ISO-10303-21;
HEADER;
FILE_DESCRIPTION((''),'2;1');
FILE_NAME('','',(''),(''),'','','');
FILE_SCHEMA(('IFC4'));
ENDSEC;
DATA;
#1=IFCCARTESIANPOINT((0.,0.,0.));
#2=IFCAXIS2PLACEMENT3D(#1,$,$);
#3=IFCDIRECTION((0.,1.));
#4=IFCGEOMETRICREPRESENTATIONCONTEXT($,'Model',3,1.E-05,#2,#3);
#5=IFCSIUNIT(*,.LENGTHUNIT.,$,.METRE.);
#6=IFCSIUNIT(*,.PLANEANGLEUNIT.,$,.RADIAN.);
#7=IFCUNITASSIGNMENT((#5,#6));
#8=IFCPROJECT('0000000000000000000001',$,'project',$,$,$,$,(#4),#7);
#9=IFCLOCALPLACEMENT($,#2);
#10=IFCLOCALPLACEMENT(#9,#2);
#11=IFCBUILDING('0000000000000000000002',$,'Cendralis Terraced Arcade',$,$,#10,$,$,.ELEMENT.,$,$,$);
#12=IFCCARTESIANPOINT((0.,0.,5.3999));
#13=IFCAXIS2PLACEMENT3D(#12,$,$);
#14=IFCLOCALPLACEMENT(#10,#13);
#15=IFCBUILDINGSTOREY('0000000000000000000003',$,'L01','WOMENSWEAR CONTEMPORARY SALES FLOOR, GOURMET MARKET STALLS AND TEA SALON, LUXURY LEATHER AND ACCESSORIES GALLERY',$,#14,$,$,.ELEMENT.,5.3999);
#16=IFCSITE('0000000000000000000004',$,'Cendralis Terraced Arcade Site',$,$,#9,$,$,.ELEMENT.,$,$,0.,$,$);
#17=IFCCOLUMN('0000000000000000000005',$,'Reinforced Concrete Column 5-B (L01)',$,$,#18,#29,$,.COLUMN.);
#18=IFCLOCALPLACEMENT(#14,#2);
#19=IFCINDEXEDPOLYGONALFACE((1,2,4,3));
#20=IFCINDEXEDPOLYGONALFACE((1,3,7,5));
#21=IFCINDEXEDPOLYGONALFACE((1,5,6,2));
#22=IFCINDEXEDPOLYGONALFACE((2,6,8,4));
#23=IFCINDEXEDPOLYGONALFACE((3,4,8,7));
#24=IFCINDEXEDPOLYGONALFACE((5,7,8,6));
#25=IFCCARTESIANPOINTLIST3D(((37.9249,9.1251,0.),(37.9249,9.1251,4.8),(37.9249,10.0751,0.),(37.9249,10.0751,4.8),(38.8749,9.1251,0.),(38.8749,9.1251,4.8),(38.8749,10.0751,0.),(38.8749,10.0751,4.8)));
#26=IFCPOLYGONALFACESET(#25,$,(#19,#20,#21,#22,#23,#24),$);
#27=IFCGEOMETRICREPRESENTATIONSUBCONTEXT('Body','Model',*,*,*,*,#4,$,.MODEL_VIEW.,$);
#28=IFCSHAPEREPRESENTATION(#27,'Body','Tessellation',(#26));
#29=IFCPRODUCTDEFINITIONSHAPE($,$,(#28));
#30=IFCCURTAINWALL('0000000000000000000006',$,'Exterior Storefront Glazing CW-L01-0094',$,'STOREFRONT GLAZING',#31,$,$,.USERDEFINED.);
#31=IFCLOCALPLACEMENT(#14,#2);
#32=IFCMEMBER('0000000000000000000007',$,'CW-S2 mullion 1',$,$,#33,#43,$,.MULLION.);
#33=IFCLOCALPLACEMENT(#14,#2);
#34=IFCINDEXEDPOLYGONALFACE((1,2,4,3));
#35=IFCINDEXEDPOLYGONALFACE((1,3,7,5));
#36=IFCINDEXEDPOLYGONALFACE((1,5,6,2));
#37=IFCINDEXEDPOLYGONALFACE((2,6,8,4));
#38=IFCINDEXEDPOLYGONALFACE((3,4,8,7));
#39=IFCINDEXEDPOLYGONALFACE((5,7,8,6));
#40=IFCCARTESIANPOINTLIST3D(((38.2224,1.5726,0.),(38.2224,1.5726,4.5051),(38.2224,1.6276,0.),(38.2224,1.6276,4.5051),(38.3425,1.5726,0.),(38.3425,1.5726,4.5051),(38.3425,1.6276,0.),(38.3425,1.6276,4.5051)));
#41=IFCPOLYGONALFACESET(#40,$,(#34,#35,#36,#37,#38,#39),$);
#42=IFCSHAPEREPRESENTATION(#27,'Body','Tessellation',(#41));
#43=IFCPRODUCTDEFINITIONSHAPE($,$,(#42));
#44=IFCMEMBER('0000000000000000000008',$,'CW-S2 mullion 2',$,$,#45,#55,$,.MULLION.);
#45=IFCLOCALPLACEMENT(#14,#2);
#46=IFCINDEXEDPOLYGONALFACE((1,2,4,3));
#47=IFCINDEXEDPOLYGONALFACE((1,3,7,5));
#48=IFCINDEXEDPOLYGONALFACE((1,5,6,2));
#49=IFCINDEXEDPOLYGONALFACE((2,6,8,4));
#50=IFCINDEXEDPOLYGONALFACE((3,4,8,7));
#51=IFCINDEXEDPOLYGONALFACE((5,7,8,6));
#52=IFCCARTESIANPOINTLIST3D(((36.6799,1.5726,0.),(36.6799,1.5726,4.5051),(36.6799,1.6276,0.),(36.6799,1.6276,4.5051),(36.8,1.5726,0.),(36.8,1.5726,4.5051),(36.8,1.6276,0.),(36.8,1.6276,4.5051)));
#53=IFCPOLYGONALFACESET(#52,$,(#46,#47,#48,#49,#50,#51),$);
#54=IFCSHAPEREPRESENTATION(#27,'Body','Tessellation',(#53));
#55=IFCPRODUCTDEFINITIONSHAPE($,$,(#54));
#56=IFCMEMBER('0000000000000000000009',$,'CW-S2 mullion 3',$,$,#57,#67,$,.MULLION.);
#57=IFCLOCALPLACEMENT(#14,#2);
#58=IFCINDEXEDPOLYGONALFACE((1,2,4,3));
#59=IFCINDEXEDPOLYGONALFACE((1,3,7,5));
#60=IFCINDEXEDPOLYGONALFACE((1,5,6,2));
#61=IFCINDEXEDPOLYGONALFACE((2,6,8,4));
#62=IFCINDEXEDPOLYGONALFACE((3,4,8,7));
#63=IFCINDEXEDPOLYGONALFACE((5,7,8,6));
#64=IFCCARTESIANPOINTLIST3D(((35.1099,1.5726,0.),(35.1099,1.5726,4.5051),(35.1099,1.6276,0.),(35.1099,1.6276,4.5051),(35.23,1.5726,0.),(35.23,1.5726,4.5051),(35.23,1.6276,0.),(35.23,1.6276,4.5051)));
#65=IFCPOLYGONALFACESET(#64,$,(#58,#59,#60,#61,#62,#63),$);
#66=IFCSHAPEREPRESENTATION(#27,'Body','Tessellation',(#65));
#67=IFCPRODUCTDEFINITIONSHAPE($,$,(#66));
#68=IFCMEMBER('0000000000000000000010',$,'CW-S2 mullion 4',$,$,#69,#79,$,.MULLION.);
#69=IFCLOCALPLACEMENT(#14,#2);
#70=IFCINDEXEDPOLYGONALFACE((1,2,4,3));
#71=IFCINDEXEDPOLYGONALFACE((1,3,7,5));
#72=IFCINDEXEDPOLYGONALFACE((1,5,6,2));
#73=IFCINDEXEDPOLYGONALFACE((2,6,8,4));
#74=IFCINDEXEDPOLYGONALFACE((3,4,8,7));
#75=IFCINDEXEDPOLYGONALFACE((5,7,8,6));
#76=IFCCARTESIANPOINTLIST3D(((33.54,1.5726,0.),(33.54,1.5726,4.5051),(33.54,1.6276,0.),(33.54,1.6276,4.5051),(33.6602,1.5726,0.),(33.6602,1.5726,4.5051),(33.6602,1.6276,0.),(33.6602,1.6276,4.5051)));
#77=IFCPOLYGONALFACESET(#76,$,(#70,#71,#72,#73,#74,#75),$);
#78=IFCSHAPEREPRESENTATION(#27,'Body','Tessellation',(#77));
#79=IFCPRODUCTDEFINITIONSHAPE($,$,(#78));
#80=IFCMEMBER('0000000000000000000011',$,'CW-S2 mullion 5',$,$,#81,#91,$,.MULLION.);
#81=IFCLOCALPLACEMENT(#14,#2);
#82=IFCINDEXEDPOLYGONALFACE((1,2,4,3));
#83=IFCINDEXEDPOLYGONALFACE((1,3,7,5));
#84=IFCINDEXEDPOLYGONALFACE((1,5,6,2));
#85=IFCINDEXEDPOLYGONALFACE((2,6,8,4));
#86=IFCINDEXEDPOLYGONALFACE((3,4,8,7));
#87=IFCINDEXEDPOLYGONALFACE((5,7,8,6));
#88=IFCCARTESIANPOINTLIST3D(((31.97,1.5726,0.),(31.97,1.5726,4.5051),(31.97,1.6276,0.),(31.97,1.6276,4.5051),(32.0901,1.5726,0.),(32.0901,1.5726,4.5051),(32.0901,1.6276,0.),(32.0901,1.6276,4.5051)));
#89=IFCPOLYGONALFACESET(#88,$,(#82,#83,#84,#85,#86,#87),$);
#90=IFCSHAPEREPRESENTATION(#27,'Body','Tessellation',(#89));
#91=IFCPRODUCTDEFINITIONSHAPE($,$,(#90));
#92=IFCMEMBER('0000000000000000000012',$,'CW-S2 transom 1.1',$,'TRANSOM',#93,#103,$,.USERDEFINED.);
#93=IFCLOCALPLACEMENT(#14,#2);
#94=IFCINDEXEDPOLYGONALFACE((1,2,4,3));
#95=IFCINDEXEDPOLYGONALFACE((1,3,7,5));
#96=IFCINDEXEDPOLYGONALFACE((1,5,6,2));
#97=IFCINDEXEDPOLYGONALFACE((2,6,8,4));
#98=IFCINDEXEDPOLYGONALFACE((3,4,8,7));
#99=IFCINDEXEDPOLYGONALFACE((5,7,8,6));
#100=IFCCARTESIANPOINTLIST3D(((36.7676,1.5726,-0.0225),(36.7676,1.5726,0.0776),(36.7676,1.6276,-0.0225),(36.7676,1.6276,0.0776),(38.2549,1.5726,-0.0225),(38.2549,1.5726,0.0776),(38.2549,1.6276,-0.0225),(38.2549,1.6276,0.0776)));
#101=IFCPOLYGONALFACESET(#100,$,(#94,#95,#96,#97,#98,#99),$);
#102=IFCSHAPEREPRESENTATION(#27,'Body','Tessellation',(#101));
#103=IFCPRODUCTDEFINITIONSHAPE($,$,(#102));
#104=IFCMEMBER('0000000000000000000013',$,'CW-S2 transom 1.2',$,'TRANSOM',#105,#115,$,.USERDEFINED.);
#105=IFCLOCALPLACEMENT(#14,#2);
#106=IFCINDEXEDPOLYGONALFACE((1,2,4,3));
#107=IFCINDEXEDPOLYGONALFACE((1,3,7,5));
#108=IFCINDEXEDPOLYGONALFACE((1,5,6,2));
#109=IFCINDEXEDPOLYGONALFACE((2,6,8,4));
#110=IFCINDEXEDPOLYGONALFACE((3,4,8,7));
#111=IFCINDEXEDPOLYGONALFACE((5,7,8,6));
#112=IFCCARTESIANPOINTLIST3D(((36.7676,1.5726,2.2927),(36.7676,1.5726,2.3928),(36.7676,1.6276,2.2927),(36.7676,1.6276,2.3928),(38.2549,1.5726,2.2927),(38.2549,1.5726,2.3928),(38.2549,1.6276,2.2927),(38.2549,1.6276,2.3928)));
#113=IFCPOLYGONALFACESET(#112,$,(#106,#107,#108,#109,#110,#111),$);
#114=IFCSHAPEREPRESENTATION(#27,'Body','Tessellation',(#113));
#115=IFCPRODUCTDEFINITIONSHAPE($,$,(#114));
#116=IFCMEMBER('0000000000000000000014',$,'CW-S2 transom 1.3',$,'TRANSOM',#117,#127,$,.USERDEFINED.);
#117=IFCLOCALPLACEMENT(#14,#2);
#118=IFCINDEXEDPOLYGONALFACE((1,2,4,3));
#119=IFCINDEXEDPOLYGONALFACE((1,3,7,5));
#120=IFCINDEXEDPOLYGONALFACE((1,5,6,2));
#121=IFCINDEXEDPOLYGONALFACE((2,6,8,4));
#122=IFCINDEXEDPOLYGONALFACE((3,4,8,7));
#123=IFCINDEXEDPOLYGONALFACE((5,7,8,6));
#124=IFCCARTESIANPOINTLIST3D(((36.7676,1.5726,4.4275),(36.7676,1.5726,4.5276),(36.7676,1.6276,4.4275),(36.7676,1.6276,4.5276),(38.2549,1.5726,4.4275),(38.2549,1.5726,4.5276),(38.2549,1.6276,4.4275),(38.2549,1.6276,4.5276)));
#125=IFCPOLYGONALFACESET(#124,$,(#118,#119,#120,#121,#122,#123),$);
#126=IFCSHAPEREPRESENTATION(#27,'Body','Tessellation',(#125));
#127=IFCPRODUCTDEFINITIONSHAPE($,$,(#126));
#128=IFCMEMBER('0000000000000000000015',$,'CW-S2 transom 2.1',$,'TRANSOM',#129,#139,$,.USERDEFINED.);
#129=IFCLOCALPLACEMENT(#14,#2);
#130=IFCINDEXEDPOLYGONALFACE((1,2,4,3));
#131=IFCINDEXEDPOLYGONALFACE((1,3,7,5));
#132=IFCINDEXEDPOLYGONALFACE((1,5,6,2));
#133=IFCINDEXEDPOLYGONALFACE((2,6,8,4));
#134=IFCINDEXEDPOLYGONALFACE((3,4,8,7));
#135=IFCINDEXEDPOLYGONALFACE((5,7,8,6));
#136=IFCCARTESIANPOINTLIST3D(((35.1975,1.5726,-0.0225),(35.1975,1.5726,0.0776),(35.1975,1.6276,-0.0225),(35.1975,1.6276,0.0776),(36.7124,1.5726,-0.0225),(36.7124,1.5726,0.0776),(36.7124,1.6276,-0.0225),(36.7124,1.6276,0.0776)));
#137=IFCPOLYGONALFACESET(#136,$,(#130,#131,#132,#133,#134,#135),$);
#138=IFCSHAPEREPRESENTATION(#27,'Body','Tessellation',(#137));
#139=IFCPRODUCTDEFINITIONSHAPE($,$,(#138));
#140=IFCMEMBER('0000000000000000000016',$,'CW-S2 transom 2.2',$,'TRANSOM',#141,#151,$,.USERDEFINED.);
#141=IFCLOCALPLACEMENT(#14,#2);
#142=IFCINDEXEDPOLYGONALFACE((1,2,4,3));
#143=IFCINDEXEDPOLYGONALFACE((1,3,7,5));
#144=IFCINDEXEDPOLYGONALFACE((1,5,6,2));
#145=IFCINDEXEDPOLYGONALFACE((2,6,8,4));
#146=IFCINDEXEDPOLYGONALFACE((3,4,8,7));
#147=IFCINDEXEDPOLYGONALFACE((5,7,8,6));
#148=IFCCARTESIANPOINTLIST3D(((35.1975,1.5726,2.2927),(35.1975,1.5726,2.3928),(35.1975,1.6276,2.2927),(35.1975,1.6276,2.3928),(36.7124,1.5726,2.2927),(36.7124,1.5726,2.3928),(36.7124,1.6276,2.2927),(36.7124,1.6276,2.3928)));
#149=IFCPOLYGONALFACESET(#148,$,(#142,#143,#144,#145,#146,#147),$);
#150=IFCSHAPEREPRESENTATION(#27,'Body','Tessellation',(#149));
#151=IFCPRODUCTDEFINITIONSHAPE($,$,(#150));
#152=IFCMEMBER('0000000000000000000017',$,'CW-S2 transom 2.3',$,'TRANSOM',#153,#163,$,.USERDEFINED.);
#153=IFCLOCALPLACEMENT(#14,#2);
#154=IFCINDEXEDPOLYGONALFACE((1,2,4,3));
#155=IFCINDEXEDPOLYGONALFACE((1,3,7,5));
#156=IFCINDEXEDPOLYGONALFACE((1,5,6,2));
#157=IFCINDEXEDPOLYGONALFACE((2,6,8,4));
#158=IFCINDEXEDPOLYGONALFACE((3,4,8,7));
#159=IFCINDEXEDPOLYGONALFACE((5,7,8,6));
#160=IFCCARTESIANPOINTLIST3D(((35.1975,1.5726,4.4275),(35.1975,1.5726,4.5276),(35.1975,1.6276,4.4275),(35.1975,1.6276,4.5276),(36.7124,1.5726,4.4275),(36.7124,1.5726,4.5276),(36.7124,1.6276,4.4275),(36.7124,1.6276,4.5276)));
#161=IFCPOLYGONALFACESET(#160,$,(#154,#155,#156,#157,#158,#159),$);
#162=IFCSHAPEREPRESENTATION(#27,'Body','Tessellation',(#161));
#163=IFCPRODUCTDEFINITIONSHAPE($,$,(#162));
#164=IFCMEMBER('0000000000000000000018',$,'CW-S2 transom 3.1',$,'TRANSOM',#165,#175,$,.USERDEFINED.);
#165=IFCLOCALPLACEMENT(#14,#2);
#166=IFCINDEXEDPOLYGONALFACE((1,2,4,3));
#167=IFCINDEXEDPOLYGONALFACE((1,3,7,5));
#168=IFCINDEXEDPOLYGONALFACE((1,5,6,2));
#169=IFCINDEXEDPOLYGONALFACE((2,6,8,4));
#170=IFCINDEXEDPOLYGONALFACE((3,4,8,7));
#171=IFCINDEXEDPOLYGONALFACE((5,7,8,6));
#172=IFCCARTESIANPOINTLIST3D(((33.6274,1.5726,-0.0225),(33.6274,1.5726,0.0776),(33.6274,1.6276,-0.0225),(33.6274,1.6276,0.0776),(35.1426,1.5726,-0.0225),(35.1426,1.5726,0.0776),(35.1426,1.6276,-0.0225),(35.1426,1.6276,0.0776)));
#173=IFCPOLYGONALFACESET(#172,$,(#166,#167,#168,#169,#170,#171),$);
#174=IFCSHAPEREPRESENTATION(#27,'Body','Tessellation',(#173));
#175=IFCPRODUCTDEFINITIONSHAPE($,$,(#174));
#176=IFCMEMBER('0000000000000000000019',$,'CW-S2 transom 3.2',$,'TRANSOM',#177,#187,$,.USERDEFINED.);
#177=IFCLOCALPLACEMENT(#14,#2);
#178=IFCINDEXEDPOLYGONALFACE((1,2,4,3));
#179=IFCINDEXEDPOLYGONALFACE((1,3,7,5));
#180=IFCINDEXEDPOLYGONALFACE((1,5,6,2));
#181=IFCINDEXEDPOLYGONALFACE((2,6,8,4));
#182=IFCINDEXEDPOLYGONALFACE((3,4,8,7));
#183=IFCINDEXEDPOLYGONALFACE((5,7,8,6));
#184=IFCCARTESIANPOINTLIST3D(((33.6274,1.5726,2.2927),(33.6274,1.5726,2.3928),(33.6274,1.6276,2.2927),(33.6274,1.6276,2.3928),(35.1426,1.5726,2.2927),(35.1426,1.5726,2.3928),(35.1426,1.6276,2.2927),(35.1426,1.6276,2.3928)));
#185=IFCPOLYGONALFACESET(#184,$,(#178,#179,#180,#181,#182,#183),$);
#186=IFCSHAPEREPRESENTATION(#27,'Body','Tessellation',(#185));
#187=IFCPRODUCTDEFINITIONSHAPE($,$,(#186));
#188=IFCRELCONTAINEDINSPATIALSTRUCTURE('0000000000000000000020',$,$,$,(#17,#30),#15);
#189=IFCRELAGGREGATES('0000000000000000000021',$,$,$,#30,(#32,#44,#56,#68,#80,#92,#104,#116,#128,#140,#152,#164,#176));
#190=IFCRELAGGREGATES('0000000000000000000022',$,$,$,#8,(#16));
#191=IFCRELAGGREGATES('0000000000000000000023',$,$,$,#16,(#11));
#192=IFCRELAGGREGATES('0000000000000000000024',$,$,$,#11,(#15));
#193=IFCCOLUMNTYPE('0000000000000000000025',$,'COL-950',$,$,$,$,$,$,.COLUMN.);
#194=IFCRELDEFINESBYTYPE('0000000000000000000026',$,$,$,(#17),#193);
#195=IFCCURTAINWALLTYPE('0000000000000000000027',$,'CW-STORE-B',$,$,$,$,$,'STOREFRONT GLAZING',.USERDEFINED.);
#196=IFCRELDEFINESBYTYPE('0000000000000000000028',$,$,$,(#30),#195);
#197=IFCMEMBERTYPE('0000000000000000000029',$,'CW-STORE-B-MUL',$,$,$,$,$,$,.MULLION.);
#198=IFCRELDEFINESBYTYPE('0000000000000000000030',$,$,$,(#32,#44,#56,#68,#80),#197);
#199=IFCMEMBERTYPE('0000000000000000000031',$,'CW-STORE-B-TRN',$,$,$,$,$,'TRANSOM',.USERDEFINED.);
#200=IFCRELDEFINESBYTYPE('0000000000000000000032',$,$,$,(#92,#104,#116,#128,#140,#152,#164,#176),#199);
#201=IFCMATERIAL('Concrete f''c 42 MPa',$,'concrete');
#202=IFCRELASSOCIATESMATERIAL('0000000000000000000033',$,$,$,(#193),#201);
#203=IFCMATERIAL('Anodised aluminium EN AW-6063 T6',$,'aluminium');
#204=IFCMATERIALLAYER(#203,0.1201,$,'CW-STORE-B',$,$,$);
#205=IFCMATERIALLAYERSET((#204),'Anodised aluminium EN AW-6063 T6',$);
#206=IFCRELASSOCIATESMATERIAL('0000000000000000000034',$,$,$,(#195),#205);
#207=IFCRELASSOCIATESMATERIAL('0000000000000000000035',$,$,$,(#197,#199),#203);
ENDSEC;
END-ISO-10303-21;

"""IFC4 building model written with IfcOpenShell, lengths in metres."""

from ifc_helpers import new_model, si_unit, direction, frame, origin, origin_2d, place, context, subcontext, project, spatial, rectangle, extrude, material, layer, layer_set, material_profile, profile_set, type_object, element, aggregate, save


model = new_model("IFC4")

# Units and contexts
model_context = context("Model", 3, precision=1e-05, world=origin(), true_north=direction((0.0, 1.0)))
body_context = subcontext(model_context, "Body", "Model", "MODEL_VIEW")
ifc_project = project(units=[si_unit("LENGTHUNIT", "METRE"), si_unit("PLANEANGLEUNIT", "RADIAN")], contexts=[model_context])

# Site, building, storey
site_placement = place(None, origin())
site = spatial("IfcSite", under=ifc_project, at=site_placement, Name="Cendralis Terraced Arcade Site", CompositionType="ELEMENT", RefElevation=0.0)
building_placement = place(site_placement, origin())
building = spatial("IfcBuilding", under=site, at=building_placement, Name="Cendralis Terraced Arcade", CompositionType="ELEMENT")
storey_placement = place(building_placement, frame((0.0, 0.0, 5.3999)))
storey = spatial("IfcBuildingStorey", under=building, at=storey_placement, Name="L01", Description="WOMENSWEAR CONTEMPORARY SALES FLOOR, GOURMET MARKET STALLS AND TEA SALON, LUXURY LEATHER AND ACCESSORIES GALLERY", CompositionType="ELEMENT", Elevation=5.3999)

# Column
ifc_material_1 = material(Name="Concrete f'c 42 MPa", Category="concrete")
ifc_material_profile_1 = material_profile(ifc_material_1, rectangle(XDim=0.95, YDim=0.95, at=origin_2d()), Name="RC-COL-950x950", Category="LoadBearing")
ifc_profile_set_1 = profile_set([ifc_material_profile_1], Name="Concrete f'c 42 MPa")
column_type = type_object("IfcColumnType", Name="COL-950", PredefinedType="COLUMN", material=ifc_profile_set_1)
column_placement = place(storey_placement, frame((38.3999, 9.6001, 0.0), z_axis=(0.0, 0.0, 1.0), x_axis=(1.0, 0.0, 0.0)))
element("IfcColumn", 1, at=column_placement, inside=storey, type_object=column_type, Name="Reinforced Concrete Column 5-B (L01)", PredefinedType="COLUMN", context=body_context, shape_type="SweptSolid", body=[
    extrude(rectangle(XDim=0.95, YDim=0.95, at=origin_2d()), origin(), (0.0, 0.0, 1.0), 4.8),
])

# Curtain wall, members
ifc_material_2 = material(Name="Anodised aluminium EN AW-6063 T6", Category="aluminium")
ifc_layer_1 = layer(ifc_material_2, 0.1201, Name="CW-STORE-B")
ifc_layer_set_1 = layer_set([ifc_layer_1], Name="Anodised aluminium EN AW-6063 T6")
curtain_wall_type = type_object("IfcCurtainWallType", Name="CW-STORE-B", ElementType="STOREFRONT GLAZING", PredefinedType="USERDEFINED", material=ifc_layer_set_1)
curtain_wall_placement = place(storey_placement, origin())
curtain_wall = element("IfcCurtainWall", 2, at=curtain_wall_placement, inside=storey, type_object=curtain_wall_type, Name="Exterior Storefront Glazing CW-L01-0094", ObjectType="STOREFRONT GLAZING", PredefinedType="USERDEFINED")
ifc_material_profile_2 = material_profile(ifc_material_2, rectangle(XDim=0.0549, YDim=0.1201, at=origin_2d()), Name="ALU-MUL-55x120")
ifc_profile_set_2 = profile_set([ifc_material_profile_2], Name="Anodised aluminium EN AW-6063 T6")
member_type_1 = type_object("IfcMemberType", Name="CW-STORE-B-MUL", PredefinedType="MULLION", material=ifc_profile_set_2)
member_1_placement = place(storey_placement, frame((38.2825, 1.6001, 0.0), z_axis=(0.0, 0.0, 1.0), x_axis=(0.0, -1.0, 0.0)))
member_1 = element("IfcMember", 3, at=member_1_placement, type_object=member_type_1, Name="CW-S2 mullion 1", PredefinedType="MULLION", context=body_context, shape_type="SweptSolid", body=[
    extrude(rectangle(XDim=0.0549, YDim=0.1201, at=origin_2d()), origin(), (0.0, 0.0, 1.0), 4.5051),
])
member_2_placement = place(storey_placement, frame((36.74, 1.6001, 0.0), z_axis=(0.0, 0.0, 1.0), x_axis=(0.0, -1.0, 0.0)))
member_2 = element("IfcMember", 4, at=member_2_placement, type_object=member_type_1, Name="CW-S2 mullion 2", PredefinedType="MULLION", context=body_context, shape_type="SweptSolid", body=[
    extrude(rectangle(XDim=0.0549, YDim=0.1201, at=origin_2d()), origin(), (0.0, 0.0, 1.0), 4.5051),
])
member_3_placement = place(storey_placement, frame((35.1699, 1.6001, 0.0), z_axis=(0.0, 0.0, 1.0), x_axis=(0.0, -1.0, 0.0)))
member_3 = element("IfcMember", 5, at=member_3_placement, type_object=member_type_1, Name="CW-S2 mullion 3", PredefinedType="MULLION", context=body_context, shape_type="SweptSolid", body=[
    extrude(rectangle(XDim=0.0549, YDim=0.1201, at=origin_2d()), origin(), (0.0, 0.0, 1.0), 4.5051),
])
member_4_placement = place(storey_placement, frame((33.6001, 1.6001, 0.0), z_axis=(0.0, 0.0, 1.0), x_axis=(0.0, -1.0, 0.0)))
member_4 = element("IfcMember", 6, at=member_4_placement, type_object=member_type_1, Name="CW-S2 mullion 4", PredefinedType="MULLION", context=body_context, shape_type="SweptSolid", body=[
    extrude(rectangle(XDim=0.0549, YDim=0.1201, at=origin_2d()), origin(), (0.0, 0.0, 1.0), 4.5051),
])
member_5_placement = place(storey_placement, frame((32.03, 1.6001, 0.0), z_axis=(0.0, 0.0, 1.0), x_axis=(0.0, -1.0, 0.0)))
member_5 = element("IfcMember", 7, at=member_5_placement, type_object=member_type_1, Name="CW-S2 mullion 5", PredefinedType="MULLION", context=body_context, shape_type="SweptSolid", body=[
    extrude(rectangle(XDim=0.0549, YDim=0.1201, at=origin_2d()), origin(), (0.0, 0.0, 1.0), 4.5051),
])
ifc_material_profile_3 = material_profile(ifc_material_2, rectangle(XDim=0.0549, YDim=0.1001, at=origin_2d()), Name="ALU-TRN-55x100")
ifc_profile_set_3 = profile_set([ifc_material_profile_3], Name="Anodised aluminium EN AW-6063 T6")
member_type_2 = type_object("IfcMemberType", Name="CW-STORE-B-TRN", ElementType="TRANSOM", PredefinedType="USERDEFINED", material=ifc_profile_set_3)
member_6_placement = place(storey_placement, frame((38.2549, 1.6001, 0.0276), z_axis=(-1.0, 0.0, 0.0), x_axis=(0.0, -1.0, 0.0)))
member_6 = element("IfcMember", 8, at=member_6_placement, type_object=member_type_2, Name="CW-S2 transom 1.1", ObjectType="TRANSOM", PredefinedType="USERDEFINED", context=body_context, shape_type="SweptSolid", body=[
    extrude(rectangle(XDim=0.0549, YDim=0.1001, at=origin_2d()), origin(), (0.0, 0.0, 1.0), 1.4873),
])
member_7_placement = place(storey_placement, frame((38.2549, 1.6001, 2.3428), z_axis=(-1.0, 0.0, 0.0), x_axis=(0.0, -1.0, 0.0)))
member_7 = element("IfcMember", 9, at=member_7_placement, type_object=member_type_2, Name="CW-S2 transom 1.2", ObjectType="TRANSOM", PredefinedType="USERDEFINED", context=body_context, shape_type="SweptSolid", body=[
    extrude(rectangle(XDim=0.0549, YDim=0.1001, at=origin_2d()), origin(), (0.0, 0.0, 1.0), 1.4873),
])
member_8_placement = place(storey_placement, frame((38.2549, 1.6001, 4.4775), z_axis=(-1.0, 0.0, 0.0), x_axis=(0.0, -1.0, 0.0)))
member_8 = element("IfcMember", 10, at=member_8_placement, type_object=member_type_2, Name="CW-S2 transom 1.3", ObjectType="TRANSOM", PredefinedType="USERDEFINED", context=body_context, shape_type="SweptSolid", body=[
    extrude(rectangle(XDim=0.0549, YDim=0.1001, at=origin_2d()), origin(), (0.0, 0.0, 1.0), 1.4873),
])
member_9_placement = place(storey_placement, frame((36.7124, 1.6001, 0.0276), z_axis=(-1.0, 0.0, 0.0), x_axis=(0.0, -1.0, 0.0)))
member_9 = element("IfcMember", 11, at=member_9_placement, type_object=member_type_2, Name="CW-S2 transom 2.1", ObjectType="TRANSOM", PredefinedType="USERDEFINED", context=body_context, shape_type="SweptSolid", body=[
    extrude(rectangle(XDim=0.0549, YDim=0.1001, at=origin_2d()), origin(), (0.0, 0.0, 1.0), 1.5149),
])
member_10_placement = place(storey_placement, frame((36.7124, 1.6001, 2.3428), z_axis=(-1.0, 0.0, 0.0), x_axis=(0.0, -1.0, 0.0)))
member_10 = element("IfcMember", 12, at=member_10_placement, type_object=member_type_2, Name="CW-S2 transom 2.2", ObjectType="TRANSOM", PredefinedType="USERDEFINED", context=body_context, shape_type="SweptSolid", body=[
    extrude(rectangle(XDim=0.0549, YDim=0.1001, at=origin_2d()), origin(), (0.0, 0.0, 1.0), 1.5149),
])
member_11_placement = place(storey_placement, frame((36.7124, 1.6001, 4.4775), z_axis=(-1.0, 0.0, 0.0), x_axis=(0.0, -1.0, 0.0)))
member_11 = element("IfcMember", 13, at=member_11_placement, type_object=member_type_2, Name="CW-S2 transom 2.3", ObjectType="TRANSOM", PredefinedType="USERDEFINED", context=body_context, shape_type="SweptSolid", body=[
    extrude(rectangle(XDim=0.0549, YDim=0.1001, at=origin_2d()), origin(), (0.0, 0.0, 1.0), 1.5149),
])
member_12_placement = place(storey_placement, frame((35.1426, 1.6001, 0.0276), z_axis=(-1.0, 0.0, 0.0), x_axis=(0.0, -1.0, 0.0)))
member_12 = element("IfcMember", 14, at=member_12_placement, type_object=member_type_2, Name="CW-S2 transom 3.1", ObjectType="TRANSOM", PredefinedType="USERDEFINED", context=body_context, shape_type="SweptSolid", body=[
    extrude(rectangle(XDim=0.0549, YDim=0.1001, at=origin_2d()), origin(), (0.0, 0.0, 1.0), 1.5151),
])
member_13_placement = place(storey_placement, frame((35.1426, 1.6001, 2.3428), z_axis=(-1.0, 0.0, 0.0), x_axis=(0.0, -1.0, 0.0)))
member_13 = element("IfcMember", 15, at=member_13_placement, type_object=member_type_2, Name="CW-S2 transom 3.2", ObjectType="TRANSOM", PredefinedType="USERDEFINED", context=body_context, shape_type="SweptSolid", body=[
    extrude(rectangle(XDim=0.0549, YDim=0.1001, at=origin_2d()), origin(), (0.0, 0.0, 1.0), 1.5151),
])
aggregate(curtain_wall, [member_1, member_2, member_3, member_4, member_5, member_6, member_7, member_8, member_9, member_10, member_11, member_12, member_13])

save(model, "model.ifc")
